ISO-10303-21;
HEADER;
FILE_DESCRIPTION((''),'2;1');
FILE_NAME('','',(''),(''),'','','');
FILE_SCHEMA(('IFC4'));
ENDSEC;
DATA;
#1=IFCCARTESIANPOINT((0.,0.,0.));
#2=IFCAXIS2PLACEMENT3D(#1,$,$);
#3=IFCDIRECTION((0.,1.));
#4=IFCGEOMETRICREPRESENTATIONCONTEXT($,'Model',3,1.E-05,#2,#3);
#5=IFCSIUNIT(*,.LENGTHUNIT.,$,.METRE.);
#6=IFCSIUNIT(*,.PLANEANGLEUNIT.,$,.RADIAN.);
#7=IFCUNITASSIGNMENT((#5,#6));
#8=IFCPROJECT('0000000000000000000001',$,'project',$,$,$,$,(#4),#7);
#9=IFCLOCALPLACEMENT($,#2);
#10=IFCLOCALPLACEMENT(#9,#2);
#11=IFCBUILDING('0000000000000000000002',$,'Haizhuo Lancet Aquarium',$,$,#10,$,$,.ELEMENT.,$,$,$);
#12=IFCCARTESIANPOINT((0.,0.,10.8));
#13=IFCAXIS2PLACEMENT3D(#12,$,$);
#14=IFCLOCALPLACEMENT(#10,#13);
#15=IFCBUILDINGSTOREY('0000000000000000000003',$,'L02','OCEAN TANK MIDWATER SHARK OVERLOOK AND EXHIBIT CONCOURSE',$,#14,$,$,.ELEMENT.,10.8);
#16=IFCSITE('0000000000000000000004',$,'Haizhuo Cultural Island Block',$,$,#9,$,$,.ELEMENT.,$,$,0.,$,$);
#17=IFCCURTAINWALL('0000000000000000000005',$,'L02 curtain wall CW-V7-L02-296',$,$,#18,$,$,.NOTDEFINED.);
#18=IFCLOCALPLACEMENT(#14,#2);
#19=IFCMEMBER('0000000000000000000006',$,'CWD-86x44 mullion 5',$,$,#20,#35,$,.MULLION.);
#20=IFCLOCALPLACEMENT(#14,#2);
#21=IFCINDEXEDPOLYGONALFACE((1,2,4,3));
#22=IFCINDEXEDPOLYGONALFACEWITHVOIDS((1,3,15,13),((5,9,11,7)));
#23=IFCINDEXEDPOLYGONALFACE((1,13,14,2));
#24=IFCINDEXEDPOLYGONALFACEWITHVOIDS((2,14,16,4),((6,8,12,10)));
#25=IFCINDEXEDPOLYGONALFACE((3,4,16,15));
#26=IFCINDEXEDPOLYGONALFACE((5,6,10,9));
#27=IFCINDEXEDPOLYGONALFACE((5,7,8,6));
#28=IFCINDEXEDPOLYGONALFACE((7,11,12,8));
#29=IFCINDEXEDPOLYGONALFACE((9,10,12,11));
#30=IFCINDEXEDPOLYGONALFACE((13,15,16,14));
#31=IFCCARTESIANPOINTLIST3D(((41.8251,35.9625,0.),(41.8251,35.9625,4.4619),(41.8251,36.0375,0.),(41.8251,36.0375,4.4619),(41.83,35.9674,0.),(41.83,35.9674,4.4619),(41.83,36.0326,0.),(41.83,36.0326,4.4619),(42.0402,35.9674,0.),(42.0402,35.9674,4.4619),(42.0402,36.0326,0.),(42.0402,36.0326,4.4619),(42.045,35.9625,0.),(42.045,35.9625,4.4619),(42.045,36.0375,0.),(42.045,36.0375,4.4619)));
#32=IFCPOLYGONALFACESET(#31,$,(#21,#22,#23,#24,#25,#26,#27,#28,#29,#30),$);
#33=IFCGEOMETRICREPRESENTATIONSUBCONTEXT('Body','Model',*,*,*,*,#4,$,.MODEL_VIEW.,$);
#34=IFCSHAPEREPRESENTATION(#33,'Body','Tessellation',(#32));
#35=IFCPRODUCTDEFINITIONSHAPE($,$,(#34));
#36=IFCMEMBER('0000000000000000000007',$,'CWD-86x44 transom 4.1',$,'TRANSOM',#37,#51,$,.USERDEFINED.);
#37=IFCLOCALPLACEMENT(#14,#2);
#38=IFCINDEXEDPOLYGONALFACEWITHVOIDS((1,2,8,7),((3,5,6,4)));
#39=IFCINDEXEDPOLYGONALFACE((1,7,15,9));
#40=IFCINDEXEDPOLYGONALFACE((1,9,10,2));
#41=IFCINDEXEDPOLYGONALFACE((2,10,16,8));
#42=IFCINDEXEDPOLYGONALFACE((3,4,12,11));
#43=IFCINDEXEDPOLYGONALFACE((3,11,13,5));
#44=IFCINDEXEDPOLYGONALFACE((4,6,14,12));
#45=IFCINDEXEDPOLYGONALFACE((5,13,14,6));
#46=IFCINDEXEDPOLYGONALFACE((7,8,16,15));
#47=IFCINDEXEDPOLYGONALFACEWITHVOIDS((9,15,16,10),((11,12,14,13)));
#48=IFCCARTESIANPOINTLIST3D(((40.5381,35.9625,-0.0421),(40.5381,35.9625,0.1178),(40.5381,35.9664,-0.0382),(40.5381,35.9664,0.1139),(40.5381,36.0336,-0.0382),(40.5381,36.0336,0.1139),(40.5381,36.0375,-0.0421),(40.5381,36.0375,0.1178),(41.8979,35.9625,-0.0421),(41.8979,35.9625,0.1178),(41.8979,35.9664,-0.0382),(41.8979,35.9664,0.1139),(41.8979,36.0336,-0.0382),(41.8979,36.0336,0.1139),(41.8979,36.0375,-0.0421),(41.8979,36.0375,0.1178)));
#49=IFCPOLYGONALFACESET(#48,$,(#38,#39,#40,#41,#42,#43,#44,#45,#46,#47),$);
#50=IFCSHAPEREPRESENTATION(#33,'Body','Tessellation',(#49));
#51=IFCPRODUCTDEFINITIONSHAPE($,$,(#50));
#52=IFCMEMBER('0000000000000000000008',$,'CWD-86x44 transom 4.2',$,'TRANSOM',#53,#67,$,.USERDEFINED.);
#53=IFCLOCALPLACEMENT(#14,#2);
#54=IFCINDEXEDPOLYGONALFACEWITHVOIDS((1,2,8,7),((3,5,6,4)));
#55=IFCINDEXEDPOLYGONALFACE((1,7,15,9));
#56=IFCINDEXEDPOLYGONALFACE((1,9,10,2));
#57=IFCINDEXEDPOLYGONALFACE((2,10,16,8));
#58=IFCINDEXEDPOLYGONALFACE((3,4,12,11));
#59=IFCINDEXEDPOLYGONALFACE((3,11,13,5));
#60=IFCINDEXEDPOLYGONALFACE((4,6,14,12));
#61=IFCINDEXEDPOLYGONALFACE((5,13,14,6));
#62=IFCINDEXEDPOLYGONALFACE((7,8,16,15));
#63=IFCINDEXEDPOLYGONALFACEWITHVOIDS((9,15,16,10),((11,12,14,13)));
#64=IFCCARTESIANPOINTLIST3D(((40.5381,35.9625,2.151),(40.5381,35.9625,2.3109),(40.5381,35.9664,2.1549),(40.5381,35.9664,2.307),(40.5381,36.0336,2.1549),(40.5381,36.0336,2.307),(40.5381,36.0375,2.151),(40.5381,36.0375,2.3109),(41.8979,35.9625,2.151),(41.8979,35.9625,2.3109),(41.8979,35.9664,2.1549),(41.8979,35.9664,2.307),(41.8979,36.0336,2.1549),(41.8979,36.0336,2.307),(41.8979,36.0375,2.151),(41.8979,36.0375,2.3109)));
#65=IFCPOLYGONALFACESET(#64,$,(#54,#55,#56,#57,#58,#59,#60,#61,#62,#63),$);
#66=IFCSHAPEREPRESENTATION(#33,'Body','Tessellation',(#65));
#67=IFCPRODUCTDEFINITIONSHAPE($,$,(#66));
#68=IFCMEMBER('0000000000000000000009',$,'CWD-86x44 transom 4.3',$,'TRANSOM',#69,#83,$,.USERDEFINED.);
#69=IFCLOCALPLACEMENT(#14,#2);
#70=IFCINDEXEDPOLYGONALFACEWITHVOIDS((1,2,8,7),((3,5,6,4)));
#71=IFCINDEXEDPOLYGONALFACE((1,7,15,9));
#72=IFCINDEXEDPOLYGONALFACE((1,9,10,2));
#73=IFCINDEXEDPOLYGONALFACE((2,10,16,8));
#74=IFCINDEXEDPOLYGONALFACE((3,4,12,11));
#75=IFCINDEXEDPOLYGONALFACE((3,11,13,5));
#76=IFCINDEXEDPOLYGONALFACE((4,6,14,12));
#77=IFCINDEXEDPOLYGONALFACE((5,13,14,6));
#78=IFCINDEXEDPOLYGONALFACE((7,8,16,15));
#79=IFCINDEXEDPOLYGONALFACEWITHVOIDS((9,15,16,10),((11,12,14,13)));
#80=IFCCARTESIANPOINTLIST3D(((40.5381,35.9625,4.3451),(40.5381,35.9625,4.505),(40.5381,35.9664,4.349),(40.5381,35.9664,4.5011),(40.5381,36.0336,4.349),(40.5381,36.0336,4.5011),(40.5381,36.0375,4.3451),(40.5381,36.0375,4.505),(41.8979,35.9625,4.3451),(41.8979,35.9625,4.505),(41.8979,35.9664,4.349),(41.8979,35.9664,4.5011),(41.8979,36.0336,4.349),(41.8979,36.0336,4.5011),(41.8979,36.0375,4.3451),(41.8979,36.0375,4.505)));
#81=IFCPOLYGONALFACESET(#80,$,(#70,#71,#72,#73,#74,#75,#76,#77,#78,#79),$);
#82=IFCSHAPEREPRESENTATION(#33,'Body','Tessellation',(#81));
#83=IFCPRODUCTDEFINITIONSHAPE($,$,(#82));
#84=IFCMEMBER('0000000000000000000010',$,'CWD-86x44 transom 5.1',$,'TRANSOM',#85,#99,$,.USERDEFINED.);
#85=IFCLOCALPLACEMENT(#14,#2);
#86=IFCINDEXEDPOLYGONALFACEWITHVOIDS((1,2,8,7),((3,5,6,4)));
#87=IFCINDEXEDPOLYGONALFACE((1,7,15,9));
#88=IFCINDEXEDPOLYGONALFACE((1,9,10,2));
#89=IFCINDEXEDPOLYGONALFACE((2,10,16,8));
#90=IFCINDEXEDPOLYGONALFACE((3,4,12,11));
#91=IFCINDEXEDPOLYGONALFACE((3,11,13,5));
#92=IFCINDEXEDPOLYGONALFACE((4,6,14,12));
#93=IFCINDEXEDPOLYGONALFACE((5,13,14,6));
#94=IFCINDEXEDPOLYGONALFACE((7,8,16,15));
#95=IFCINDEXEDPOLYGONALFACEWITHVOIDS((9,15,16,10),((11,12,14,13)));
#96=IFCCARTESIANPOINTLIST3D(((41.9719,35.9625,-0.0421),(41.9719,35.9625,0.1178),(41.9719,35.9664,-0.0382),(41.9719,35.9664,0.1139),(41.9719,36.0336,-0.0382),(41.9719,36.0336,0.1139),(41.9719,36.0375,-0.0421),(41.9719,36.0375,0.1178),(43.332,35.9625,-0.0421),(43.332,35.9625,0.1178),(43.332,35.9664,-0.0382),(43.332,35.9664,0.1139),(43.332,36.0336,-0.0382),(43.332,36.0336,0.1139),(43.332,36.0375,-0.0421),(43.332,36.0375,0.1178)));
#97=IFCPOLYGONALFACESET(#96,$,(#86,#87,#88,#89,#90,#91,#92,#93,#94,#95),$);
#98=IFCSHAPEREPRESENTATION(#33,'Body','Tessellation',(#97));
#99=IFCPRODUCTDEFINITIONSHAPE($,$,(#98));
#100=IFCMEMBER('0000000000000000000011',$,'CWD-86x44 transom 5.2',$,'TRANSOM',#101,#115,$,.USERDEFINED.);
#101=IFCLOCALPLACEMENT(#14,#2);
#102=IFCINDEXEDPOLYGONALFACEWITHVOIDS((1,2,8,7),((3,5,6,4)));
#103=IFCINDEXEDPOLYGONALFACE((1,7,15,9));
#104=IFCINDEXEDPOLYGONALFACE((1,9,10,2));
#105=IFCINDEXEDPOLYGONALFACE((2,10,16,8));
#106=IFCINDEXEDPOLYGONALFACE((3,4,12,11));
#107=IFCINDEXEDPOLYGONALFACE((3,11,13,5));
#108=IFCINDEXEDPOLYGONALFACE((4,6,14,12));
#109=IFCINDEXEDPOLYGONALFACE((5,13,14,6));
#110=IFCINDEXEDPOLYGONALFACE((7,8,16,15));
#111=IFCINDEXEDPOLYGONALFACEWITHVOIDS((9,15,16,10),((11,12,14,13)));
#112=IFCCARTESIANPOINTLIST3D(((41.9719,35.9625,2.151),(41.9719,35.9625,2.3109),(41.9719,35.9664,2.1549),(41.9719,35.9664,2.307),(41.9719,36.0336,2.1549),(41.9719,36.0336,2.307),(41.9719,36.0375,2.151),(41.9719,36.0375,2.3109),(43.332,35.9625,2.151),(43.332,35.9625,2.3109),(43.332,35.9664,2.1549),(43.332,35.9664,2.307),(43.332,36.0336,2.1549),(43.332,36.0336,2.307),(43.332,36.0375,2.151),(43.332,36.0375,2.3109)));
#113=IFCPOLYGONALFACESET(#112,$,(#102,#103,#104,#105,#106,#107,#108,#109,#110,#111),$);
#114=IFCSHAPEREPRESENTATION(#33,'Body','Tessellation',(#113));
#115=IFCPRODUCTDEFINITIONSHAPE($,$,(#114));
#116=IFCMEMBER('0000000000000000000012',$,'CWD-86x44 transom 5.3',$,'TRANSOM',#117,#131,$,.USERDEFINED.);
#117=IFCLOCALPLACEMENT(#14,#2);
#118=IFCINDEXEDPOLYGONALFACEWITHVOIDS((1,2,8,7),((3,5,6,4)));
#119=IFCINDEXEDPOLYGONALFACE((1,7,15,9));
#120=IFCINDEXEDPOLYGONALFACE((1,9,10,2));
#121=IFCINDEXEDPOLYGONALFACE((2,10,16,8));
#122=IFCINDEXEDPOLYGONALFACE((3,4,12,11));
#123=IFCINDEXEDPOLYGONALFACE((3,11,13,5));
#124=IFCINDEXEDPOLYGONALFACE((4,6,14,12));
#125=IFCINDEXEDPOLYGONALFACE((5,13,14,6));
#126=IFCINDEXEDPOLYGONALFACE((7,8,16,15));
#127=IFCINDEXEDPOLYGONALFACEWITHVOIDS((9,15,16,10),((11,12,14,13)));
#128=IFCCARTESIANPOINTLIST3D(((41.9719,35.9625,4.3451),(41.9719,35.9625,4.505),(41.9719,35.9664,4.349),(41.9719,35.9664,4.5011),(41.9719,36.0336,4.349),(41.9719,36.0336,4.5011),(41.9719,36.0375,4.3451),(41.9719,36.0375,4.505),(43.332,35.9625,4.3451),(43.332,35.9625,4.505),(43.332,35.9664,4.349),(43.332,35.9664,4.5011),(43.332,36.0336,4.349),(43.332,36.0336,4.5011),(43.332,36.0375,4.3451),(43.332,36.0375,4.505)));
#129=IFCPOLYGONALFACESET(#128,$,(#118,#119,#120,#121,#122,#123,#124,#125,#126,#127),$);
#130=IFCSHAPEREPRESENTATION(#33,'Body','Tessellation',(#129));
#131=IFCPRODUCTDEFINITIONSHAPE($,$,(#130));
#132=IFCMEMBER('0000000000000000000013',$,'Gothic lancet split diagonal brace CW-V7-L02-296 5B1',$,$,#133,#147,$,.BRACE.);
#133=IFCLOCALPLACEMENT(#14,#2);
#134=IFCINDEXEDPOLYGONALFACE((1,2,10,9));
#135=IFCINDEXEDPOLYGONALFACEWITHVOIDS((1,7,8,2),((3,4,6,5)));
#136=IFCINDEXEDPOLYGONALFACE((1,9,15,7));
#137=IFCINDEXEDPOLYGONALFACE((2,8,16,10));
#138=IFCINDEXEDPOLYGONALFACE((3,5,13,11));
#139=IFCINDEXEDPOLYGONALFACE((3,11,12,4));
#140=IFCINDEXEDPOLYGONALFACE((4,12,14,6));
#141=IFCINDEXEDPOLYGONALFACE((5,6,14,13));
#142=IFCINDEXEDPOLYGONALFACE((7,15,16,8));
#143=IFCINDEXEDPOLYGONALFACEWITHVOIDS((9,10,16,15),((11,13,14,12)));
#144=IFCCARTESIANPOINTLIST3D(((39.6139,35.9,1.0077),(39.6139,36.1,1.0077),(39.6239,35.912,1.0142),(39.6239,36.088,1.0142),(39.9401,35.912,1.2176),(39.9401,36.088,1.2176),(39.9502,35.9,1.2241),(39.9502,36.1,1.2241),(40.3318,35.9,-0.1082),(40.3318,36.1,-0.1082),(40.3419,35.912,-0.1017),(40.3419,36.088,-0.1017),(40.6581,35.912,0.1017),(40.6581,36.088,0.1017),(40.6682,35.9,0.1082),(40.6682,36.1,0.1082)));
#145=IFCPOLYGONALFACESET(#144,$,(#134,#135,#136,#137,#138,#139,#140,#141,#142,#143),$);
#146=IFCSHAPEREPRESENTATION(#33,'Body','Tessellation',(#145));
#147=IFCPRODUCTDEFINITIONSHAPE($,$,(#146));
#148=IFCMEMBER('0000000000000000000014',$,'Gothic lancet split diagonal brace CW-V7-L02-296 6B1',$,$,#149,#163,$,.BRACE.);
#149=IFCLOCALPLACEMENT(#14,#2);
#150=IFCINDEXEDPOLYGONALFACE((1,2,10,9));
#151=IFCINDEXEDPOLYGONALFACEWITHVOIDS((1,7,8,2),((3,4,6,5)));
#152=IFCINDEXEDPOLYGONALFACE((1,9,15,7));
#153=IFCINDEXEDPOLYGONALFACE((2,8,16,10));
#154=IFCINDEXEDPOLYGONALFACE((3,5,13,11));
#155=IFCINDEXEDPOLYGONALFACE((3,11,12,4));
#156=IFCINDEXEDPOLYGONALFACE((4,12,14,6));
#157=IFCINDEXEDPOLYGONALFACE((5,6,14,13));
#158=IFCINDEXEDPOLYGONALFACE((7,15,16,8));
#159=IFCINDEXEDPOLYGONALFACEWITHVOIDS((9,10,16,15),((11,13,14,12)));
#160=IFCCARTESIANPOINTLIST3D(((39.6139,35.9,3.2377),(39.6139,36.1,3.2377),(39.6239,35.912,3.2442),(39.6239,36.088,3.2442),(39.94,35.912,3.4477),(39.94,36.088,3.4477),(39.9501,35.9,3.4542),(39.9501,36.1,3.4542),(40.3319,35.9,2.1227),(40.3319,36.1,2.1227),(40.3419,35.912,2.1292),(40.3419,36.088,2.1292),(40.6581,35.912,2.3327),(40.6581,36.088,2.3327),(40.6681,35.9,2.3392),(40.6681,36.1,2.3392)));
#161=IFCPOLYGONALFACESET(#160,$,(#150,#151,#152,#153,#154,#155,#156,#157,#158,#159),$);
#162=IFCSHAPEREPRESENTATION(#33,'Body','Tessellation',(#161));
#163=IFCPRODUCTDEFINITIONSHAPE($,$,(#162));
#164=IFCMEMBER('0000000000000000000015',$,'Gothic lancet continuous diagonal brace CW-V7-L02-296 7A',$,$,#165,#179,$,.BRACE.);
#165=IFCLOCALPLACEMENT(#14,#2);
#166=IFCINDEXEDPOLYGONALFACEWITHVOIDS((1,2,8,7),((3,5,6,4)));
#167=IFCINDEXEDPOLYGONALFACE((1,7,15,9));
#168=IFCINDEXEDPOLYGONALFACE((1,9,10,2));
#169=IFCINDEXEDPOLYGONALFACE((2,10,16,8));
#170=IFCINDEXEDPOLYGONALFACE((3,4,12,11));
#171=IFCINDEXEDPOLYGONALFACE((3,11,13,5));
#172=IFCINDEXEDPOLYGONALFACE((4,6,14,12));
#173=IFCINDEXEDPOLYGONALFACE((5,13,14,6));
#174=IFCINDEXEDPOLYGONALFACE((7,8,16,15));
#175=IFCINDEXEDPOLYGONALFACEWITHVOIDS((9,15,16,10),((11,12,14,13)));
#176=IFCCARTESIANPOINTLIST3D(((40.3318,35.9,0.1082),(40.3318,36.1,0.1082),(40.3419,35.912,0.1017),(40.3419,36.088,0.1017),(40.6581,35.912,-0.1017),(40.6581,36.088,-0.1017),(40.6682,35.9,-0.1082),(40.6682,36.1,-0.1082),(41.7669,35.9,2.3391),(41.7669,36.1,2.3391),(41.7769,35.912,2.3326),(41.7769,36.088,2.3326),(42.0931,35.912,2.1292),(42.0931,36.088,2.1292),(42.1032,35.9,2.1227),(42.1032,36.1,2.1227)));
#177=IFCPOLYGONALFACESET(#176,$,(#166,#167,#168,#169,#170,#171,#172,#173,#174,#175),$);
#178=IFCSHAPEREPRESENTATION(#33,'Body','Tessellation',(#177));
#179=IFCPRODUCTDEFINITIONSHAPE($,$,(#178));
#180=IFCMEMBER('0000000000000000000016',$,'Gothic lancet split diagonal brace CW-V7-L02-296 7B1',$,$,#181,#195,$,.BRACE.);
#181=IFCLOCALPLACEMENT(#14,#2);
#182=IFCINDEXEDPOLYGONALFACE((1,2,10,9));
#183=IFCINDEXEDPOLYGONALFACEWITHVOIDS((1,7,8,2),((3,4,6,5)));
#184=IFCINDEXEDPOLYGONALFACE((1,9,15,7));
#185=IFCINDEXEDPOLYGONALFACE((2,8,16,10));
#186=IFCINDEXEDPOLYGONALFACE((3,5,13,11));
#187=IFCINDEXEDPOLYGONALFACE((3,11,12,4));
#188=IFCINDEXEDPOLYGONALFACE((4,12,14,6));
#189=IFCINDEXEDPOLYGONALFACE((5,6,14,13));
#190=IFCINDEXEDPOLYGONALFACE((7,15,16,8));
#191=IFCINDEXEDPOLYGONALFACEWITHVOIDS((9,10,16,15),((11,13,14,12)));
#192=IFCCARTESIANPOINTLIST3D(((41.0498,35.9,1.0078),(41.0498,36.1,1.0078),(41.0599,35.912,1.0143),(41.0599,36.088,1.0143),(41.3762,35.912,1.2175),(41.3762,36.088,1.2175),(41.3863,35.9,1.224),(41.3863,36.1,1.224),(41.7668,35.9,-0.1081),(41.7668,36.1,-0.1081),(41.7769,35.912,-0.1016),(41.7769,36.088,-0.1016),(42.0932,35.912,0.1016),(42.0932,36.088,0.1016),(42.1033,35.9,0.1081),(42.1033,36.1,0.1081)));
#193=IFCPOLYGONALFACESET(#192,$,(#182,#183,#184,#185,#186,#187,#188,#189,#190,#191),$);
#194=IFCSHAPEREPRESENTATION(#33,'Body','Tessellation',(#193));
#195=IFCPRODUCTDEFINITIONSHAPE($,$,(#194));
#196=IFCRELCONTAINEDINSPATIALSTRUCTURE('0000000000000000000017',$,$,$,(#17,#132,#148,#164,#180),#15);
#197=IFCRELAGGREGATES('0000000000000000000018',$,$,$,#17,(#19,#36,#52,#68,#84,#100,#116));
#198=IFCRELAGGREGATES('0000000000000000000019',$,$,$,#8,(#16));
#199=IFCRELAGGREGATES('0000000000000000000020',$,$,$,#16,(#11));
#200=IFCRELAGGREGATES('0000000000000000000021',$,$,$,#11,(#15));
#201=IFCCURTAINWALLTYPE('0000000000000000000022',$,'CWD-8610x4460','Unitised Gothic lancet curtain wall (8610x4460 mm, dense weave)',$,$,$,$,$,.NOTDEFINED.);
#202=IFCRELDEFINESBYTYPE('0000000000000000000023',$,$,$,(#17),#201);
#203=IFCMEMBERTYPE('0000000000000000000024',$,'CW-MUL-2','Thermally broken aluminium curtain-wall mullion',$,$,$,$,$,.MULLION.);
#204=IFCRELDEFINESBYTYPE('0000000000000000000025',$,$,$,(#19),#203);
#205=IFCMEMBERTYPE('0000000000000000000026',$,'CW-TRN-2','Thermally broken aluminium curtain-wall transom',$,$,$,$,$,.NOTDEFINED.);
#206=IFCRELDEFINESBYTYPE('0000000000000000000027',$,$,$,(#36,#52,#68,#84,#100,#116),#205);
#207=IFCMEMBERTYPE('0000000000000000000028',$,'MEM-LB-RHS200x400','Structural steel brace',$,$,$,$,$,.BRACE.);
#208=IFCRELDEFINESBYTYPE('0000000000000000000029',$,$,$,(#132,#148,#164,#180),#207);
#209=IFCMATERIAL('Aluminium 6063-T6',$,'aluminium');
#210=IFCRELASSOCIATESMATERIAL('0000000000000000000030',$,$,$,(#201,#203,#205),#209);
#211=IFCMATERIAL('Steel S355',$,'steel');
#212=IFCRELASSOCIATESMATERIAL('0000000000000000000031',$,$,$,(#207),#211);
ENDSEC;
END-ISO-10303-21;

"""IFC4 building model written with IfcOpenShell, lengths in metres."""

from ifc_helpers import new_model, si_unit, direction, frame, origin, origin_2d, place, context, subcontext, project, spatial, hollow_rectangle, extrude, material, material_profile, profile_set, type_object, element, aggregate, save


model = new_model("IFC4")

# Units and contexts
model_context = context("Model", 3, precision=1e-05, world=origin(), true_north=direction((0.0, 1.0)))
body_context = subcontext(model_context, "Body", "Model", "MODEL_VIEW")
ifc_project = project(units=[si_unit("LENGTHUNIT", "METRE"), si_unit("PLANEANGLEUNIT", "RADIAN")], contexts=[model_context])

# Site, building, storey
site_placement = place(None, origin())
site = spatial("IfcSite", under=ifc_project, at=site_placement, Name="Haizhuo Cultural Island Block", CompositionType="ELEMENT", RefElevation=0.0)
building_placement = place(site_placement, origin())
building = spatial("IfcBuilding", under=site, at=building_placement, Name="Haizhuo Lancet Aquarium", CompositionType="ELEMENT")
storey_placement = place(building_placement, frame((0.0, 0.0, 10.8)))
storey = spatial("IfcBuildingStorey", under=building, at=storey_placement, Name="L02", Description="OCEAN TANK MIDWATER SHARK OVERLOOK AND EXHIBIT CONCOURSE", CompositionType="ELEMENT", Elevation=10.8)

# Curtain wall, members
ifc_material_1 = material(Name="Aluminium 6063-T6", Category="aluminium")
curtain_wall_type = type_object("IfcCurtainWallType", Name="CWD-8610x4460", Description="Unitised Gothic lancet curtain wall (8610x4460 mm, dense weave)", PredefinedType="NOTDEFINED", material=ifc_material_1)
curtain_wall_placement = place(storey_placement, origin())
curtain_wall = element("IfcCurtainWall", 1, at=curtain_wall_placement, inside=storey, type_object=curtain_wall_type, Name="L02 curtain wall CW-V7-L02-296", PredefinedType="NOTDEFINED")
ifc_material_profile_1 = material_profile(ifc_material_1, hollow_rectangle(XDim=0.075, YDim=0.22, WallThickness=0.0049, at=origin_2d()), Name="ALU-M 75x220x5")
ifc_profile_set_1 = profile_set([ifc_material_profile_1], Name="Aluminium 6063-T6")
member_type_1 = type_object("IfcMemberType", Name="CW-MUL-2", Description="Thermally broken aluminium curtain-wall mullion", PredefinedType="MULLION", material=ifc_profile_set_1)
member_1_placement = place(storey_placement, frame((41.9351, 36.0, 0.0), z_axis=(0.0, 0.0, 1.0), x_axis=(0.0, 1.0, 0.0)))
member_1 = element("IfcMember", 2, at=member_1_placement, type_object=member_type_1, Name="CWD-86x44 mullion 5", PredefinedType="MULLION", context=body_context, shape_type="SweptSolid", body=[
    extrude(hollow_rectangle(XDim=0.075, YDim=0.22, WallThickness=0.0049, at=origin_2d()), origin(), (0.0, 0.0, 1.0), 4.4619),
])
ifc_material_profile_2 = material_profile(ifc_material_1, hollow_rectangle(XDim=0.075, YDim=0.1599, WallThickness=0.0039, at=origin_2d()), Name="ALU-T 75x160x4")
ifc_profile_set_2 = profile_set([ifc_material_profile_2], Name="Aluminium 6063-T6")
member_type_2 = type_object("IfcMemberType", Name="CW-TRN-2", Description="Thermally broken aluminium curtain-wall transom", PredefinedType="NOTDEFINED", material=ifc_profile_set_2)
member_2_placement = place(storey_placement, frame((40.5381, 36.0, 0.0378), z_axis=(1.0, 0.0, 0.0), x_axis=(0.0, 1.0, 0.0)))
member_2 = element("IfcMember", 3, at=member_2_placement, type_object=member_type_2, Name="CWD-86x44 transom 4.1", ObjectType="TRANSOM", PredefinedType="USERDEFINED", context=body_context, shape_type="SweptSolid", body=[
    extrude(hollow_rectangle(XDim=0.075, YDim=0.1599, WallThickness=0.0039, at=origin_2d()), origin(), (0.0, 0.0, 1.0), 1.3599),
])
member_3_placement = place(storey_placement, frame((40.5381, 36.0, 2.231), z_axis=(1.0, 0.0, 0.0), x_axis=(0.0, 1.0, 0.0)))
member_3 = element("IfcMember", 4, at=member_3_placement, type_object=member_type_2, Name="CWD-86x44 transom 4.2", ObjectType="TRANSOM", PredefinedType="USERDEFINED", context=body_context, shape_type="SweptSolid", body=[
    extrude(hollow_rectangle(XDim=0.075, YDim=0.1599, WallThickness=0.0039, at=origin_2d()), origin(), (0.0, 0.0, 1.0), 1.3599),
])
member_4_placement = place(storey_placement, frame((40.5381, 36.0, 4.425), z_axis=(1.0, 0.0, 0.0), x_axis=(0.0, 1.0, 0.0)))
member_4 = element("IfcMember", 5, at=member_4_placement, type_object=member_type_2, Name="CWD-86x44 transom 4.3", ObjectType="TRANSOM", PredefinedType="USERDEFINED", context=body_context, shape_type="SweptSolid", body=[
    extrude(hollow_rectangle(XDim=0.075, YDim=0.1599, WallThickness=0.0039, at=origin_2d()), origin(), (0.0, 0.0, 1.0), 1.3599),
])
member_5_placement = place(storey_placement, frame((41.9719, 36.0, 0.0378), z_axis=(1.0, 0.0, 0.0), x_axis=(0.0, 1.0, 0.0)))
member_5 = element("IfcMember", 6, at=member_5_placement, type_object=member_type_2, Name="CWD-86x44 transom 5.1", ObjectType="TRANSOM", PredefinedType="USERDEFINED", context=body_context, shape_type="SweptSolid", body=[
    extrude(hollow_rectangle(XDim=0.075, YDim=0.1599, WallThickness=0.0039, at=origin_2d()), origin(), (0.0, 0.0, 1.0), 1.3601),
])
member_6_placement = place(storey_placement, frame((41.9719, 36.0, 2.231), z_axis=(1.0, 0.0, 0.0), x_axis=(0.0, 1.0, 0.0)))
member_6 = element("IfcMember", 7, at=member_6_placement, type_object=member_type_2, Name="CWD-86x44 transom 5.2", ObjectType="TRANSOM", PredefinedType="USERDEFINED", context=body_context, shape_type="SweptSolid", body=[
    extrude(hollow_rectangle(XDim=0.075, YDim=0.1599, WallThickness=0.0039, at=origin_2d()), origin(), (0.0, 0.0, 1.0), 1.3601),
])
member_7_placement = place(storey_placement, frame((41.9719, 36.0, 4.425), z_axis=(1.0, 0.0, 0.0), x_axis=(0.0, 1.0, 0.0)))
member_7 = element("IfcMember", 8, at=member_7_placement, type_object=member_type_2, Name="CWD-86x44 transom 5.3", ObjectType="TRANSOM", PredefinedType="USERDEFINED", context=body_context, shape_type="SweptSolid", body=[
    extrude(hollow_rectangle(XDim=0.075, YDim=0.1599, WallThickness=0.0039, at=origin_2d()), origin(), (0.0, 0.0, 1.0), 1.3601),
])

# Members
ifc_material_2 = material(Name="Steel S355", Category="steel")
ifc_material_profile_3 = material_profile(ifc_material_2, hollow_rectangle(XDim=0.2, YDim=0.3999, WallThickness=0.012, at=origin_2d()), Name="RHS 200x400x12")
ifc_profile_set_3 = profile_set([ifc_material_profile_3], Name="Steel S355")
member_type_3 = type_object("IfcMemberType", Name="MEM-LB-RHS200x400", Description="Structural steel brace", PredefinedType="BRACE", material=ifc_profile_set_3)
member_8_placement = place(storey_placement, frame((40.5, 36.0, 0.0), z_axis=(-0.541083, 0.0, 0.840969), x_axis=(0.0, -1.0, 0.0)))
element("IfcMember", 9, at=member_8_placement, inside=storey, type_object=member_type_3, Name="Gothic lancet split diagonal brace CW-V7-L02-296 5B1", PredefinedType="BRACE", context=body_context, shape_type="SweptSolid", body=[
    extrude(hollow_rectangle(XDim=0.2, YDim=0.3999, WallThickness=0.012, at=origin_2d()), origin(), (0.0, 0.0, 1.0), 1.3269),
])
member_9_placement = place(storey_placement, frame((40.5, 36.0, 2.231), z_axis=(-0.541418, 0.0, 0.840754), x_axis=(0.0, -1.0, 0.0)))
element("IfcMember", 10, at=member_9_placement, inside=storey, type_object=member_type_3, Name="Gothic lancet split diagonal brace CW-V7-L02-296 6B1", PredefinedType="BRACE", context=body_context, shape_type="SweptSolid", body=[
    extrude(hollow_rectangle(XDim=0.2, YDim=0.3999, WallThickness=0.012, at=origin_2d()), origin(), (0.0, 0.0, 1.0), 1.3262),
])
member_10_placement = place(storey_placement, frame((40.5, 36.0, 0.0), z_axis=(0.54099, 0.0, 0.841029), x_axis=(0.0, 1.0, 0.0)))
element("IfcMember", 11, at=member_10_placement, inside=storey, type_object=member_type_3, Name="Gothic lancet continuous diagonal brace CW-V7-L02-296 7A", PredefinedType="BRACE", context=body_context, shape_type="SweptSolid", body=[
    extrude(hollow_rectangle(XDim=0.2, YDim=0.3999, WallThickness=0.012, at=origin_2d()), origin(), (0.0, 0.0, 1.0), 2.6526),
])
member_11_placement = place(storey_placement, frame((41.9351, 36.0, 0.0), z_axis=(-0.540562, 0.0, 0.841304), x_axis=(0.0, -1.0, 0.0)))
element("IfcMember", 12, at=member_11_placement, inside=storey, type_object=member_type_3, Name="Gothic lancet split diagonal brace CW-V7-L02-296 7B1", PredefinedType="BRACE", context=body_context, shape_type="SweptSolid", body=[
    extrude(hollow_rectangle(XDim=0.2, YDim=0.3999, WallThickness=0.012, at=origin_2d()), origin(), (0.0, 0.0, 1.0), 1.3264),
])

aggregate(curtain_wall, [member_1, member_2, member_3, member_4, member_5, member_6, member_7])

save(model, "model.ifc")
